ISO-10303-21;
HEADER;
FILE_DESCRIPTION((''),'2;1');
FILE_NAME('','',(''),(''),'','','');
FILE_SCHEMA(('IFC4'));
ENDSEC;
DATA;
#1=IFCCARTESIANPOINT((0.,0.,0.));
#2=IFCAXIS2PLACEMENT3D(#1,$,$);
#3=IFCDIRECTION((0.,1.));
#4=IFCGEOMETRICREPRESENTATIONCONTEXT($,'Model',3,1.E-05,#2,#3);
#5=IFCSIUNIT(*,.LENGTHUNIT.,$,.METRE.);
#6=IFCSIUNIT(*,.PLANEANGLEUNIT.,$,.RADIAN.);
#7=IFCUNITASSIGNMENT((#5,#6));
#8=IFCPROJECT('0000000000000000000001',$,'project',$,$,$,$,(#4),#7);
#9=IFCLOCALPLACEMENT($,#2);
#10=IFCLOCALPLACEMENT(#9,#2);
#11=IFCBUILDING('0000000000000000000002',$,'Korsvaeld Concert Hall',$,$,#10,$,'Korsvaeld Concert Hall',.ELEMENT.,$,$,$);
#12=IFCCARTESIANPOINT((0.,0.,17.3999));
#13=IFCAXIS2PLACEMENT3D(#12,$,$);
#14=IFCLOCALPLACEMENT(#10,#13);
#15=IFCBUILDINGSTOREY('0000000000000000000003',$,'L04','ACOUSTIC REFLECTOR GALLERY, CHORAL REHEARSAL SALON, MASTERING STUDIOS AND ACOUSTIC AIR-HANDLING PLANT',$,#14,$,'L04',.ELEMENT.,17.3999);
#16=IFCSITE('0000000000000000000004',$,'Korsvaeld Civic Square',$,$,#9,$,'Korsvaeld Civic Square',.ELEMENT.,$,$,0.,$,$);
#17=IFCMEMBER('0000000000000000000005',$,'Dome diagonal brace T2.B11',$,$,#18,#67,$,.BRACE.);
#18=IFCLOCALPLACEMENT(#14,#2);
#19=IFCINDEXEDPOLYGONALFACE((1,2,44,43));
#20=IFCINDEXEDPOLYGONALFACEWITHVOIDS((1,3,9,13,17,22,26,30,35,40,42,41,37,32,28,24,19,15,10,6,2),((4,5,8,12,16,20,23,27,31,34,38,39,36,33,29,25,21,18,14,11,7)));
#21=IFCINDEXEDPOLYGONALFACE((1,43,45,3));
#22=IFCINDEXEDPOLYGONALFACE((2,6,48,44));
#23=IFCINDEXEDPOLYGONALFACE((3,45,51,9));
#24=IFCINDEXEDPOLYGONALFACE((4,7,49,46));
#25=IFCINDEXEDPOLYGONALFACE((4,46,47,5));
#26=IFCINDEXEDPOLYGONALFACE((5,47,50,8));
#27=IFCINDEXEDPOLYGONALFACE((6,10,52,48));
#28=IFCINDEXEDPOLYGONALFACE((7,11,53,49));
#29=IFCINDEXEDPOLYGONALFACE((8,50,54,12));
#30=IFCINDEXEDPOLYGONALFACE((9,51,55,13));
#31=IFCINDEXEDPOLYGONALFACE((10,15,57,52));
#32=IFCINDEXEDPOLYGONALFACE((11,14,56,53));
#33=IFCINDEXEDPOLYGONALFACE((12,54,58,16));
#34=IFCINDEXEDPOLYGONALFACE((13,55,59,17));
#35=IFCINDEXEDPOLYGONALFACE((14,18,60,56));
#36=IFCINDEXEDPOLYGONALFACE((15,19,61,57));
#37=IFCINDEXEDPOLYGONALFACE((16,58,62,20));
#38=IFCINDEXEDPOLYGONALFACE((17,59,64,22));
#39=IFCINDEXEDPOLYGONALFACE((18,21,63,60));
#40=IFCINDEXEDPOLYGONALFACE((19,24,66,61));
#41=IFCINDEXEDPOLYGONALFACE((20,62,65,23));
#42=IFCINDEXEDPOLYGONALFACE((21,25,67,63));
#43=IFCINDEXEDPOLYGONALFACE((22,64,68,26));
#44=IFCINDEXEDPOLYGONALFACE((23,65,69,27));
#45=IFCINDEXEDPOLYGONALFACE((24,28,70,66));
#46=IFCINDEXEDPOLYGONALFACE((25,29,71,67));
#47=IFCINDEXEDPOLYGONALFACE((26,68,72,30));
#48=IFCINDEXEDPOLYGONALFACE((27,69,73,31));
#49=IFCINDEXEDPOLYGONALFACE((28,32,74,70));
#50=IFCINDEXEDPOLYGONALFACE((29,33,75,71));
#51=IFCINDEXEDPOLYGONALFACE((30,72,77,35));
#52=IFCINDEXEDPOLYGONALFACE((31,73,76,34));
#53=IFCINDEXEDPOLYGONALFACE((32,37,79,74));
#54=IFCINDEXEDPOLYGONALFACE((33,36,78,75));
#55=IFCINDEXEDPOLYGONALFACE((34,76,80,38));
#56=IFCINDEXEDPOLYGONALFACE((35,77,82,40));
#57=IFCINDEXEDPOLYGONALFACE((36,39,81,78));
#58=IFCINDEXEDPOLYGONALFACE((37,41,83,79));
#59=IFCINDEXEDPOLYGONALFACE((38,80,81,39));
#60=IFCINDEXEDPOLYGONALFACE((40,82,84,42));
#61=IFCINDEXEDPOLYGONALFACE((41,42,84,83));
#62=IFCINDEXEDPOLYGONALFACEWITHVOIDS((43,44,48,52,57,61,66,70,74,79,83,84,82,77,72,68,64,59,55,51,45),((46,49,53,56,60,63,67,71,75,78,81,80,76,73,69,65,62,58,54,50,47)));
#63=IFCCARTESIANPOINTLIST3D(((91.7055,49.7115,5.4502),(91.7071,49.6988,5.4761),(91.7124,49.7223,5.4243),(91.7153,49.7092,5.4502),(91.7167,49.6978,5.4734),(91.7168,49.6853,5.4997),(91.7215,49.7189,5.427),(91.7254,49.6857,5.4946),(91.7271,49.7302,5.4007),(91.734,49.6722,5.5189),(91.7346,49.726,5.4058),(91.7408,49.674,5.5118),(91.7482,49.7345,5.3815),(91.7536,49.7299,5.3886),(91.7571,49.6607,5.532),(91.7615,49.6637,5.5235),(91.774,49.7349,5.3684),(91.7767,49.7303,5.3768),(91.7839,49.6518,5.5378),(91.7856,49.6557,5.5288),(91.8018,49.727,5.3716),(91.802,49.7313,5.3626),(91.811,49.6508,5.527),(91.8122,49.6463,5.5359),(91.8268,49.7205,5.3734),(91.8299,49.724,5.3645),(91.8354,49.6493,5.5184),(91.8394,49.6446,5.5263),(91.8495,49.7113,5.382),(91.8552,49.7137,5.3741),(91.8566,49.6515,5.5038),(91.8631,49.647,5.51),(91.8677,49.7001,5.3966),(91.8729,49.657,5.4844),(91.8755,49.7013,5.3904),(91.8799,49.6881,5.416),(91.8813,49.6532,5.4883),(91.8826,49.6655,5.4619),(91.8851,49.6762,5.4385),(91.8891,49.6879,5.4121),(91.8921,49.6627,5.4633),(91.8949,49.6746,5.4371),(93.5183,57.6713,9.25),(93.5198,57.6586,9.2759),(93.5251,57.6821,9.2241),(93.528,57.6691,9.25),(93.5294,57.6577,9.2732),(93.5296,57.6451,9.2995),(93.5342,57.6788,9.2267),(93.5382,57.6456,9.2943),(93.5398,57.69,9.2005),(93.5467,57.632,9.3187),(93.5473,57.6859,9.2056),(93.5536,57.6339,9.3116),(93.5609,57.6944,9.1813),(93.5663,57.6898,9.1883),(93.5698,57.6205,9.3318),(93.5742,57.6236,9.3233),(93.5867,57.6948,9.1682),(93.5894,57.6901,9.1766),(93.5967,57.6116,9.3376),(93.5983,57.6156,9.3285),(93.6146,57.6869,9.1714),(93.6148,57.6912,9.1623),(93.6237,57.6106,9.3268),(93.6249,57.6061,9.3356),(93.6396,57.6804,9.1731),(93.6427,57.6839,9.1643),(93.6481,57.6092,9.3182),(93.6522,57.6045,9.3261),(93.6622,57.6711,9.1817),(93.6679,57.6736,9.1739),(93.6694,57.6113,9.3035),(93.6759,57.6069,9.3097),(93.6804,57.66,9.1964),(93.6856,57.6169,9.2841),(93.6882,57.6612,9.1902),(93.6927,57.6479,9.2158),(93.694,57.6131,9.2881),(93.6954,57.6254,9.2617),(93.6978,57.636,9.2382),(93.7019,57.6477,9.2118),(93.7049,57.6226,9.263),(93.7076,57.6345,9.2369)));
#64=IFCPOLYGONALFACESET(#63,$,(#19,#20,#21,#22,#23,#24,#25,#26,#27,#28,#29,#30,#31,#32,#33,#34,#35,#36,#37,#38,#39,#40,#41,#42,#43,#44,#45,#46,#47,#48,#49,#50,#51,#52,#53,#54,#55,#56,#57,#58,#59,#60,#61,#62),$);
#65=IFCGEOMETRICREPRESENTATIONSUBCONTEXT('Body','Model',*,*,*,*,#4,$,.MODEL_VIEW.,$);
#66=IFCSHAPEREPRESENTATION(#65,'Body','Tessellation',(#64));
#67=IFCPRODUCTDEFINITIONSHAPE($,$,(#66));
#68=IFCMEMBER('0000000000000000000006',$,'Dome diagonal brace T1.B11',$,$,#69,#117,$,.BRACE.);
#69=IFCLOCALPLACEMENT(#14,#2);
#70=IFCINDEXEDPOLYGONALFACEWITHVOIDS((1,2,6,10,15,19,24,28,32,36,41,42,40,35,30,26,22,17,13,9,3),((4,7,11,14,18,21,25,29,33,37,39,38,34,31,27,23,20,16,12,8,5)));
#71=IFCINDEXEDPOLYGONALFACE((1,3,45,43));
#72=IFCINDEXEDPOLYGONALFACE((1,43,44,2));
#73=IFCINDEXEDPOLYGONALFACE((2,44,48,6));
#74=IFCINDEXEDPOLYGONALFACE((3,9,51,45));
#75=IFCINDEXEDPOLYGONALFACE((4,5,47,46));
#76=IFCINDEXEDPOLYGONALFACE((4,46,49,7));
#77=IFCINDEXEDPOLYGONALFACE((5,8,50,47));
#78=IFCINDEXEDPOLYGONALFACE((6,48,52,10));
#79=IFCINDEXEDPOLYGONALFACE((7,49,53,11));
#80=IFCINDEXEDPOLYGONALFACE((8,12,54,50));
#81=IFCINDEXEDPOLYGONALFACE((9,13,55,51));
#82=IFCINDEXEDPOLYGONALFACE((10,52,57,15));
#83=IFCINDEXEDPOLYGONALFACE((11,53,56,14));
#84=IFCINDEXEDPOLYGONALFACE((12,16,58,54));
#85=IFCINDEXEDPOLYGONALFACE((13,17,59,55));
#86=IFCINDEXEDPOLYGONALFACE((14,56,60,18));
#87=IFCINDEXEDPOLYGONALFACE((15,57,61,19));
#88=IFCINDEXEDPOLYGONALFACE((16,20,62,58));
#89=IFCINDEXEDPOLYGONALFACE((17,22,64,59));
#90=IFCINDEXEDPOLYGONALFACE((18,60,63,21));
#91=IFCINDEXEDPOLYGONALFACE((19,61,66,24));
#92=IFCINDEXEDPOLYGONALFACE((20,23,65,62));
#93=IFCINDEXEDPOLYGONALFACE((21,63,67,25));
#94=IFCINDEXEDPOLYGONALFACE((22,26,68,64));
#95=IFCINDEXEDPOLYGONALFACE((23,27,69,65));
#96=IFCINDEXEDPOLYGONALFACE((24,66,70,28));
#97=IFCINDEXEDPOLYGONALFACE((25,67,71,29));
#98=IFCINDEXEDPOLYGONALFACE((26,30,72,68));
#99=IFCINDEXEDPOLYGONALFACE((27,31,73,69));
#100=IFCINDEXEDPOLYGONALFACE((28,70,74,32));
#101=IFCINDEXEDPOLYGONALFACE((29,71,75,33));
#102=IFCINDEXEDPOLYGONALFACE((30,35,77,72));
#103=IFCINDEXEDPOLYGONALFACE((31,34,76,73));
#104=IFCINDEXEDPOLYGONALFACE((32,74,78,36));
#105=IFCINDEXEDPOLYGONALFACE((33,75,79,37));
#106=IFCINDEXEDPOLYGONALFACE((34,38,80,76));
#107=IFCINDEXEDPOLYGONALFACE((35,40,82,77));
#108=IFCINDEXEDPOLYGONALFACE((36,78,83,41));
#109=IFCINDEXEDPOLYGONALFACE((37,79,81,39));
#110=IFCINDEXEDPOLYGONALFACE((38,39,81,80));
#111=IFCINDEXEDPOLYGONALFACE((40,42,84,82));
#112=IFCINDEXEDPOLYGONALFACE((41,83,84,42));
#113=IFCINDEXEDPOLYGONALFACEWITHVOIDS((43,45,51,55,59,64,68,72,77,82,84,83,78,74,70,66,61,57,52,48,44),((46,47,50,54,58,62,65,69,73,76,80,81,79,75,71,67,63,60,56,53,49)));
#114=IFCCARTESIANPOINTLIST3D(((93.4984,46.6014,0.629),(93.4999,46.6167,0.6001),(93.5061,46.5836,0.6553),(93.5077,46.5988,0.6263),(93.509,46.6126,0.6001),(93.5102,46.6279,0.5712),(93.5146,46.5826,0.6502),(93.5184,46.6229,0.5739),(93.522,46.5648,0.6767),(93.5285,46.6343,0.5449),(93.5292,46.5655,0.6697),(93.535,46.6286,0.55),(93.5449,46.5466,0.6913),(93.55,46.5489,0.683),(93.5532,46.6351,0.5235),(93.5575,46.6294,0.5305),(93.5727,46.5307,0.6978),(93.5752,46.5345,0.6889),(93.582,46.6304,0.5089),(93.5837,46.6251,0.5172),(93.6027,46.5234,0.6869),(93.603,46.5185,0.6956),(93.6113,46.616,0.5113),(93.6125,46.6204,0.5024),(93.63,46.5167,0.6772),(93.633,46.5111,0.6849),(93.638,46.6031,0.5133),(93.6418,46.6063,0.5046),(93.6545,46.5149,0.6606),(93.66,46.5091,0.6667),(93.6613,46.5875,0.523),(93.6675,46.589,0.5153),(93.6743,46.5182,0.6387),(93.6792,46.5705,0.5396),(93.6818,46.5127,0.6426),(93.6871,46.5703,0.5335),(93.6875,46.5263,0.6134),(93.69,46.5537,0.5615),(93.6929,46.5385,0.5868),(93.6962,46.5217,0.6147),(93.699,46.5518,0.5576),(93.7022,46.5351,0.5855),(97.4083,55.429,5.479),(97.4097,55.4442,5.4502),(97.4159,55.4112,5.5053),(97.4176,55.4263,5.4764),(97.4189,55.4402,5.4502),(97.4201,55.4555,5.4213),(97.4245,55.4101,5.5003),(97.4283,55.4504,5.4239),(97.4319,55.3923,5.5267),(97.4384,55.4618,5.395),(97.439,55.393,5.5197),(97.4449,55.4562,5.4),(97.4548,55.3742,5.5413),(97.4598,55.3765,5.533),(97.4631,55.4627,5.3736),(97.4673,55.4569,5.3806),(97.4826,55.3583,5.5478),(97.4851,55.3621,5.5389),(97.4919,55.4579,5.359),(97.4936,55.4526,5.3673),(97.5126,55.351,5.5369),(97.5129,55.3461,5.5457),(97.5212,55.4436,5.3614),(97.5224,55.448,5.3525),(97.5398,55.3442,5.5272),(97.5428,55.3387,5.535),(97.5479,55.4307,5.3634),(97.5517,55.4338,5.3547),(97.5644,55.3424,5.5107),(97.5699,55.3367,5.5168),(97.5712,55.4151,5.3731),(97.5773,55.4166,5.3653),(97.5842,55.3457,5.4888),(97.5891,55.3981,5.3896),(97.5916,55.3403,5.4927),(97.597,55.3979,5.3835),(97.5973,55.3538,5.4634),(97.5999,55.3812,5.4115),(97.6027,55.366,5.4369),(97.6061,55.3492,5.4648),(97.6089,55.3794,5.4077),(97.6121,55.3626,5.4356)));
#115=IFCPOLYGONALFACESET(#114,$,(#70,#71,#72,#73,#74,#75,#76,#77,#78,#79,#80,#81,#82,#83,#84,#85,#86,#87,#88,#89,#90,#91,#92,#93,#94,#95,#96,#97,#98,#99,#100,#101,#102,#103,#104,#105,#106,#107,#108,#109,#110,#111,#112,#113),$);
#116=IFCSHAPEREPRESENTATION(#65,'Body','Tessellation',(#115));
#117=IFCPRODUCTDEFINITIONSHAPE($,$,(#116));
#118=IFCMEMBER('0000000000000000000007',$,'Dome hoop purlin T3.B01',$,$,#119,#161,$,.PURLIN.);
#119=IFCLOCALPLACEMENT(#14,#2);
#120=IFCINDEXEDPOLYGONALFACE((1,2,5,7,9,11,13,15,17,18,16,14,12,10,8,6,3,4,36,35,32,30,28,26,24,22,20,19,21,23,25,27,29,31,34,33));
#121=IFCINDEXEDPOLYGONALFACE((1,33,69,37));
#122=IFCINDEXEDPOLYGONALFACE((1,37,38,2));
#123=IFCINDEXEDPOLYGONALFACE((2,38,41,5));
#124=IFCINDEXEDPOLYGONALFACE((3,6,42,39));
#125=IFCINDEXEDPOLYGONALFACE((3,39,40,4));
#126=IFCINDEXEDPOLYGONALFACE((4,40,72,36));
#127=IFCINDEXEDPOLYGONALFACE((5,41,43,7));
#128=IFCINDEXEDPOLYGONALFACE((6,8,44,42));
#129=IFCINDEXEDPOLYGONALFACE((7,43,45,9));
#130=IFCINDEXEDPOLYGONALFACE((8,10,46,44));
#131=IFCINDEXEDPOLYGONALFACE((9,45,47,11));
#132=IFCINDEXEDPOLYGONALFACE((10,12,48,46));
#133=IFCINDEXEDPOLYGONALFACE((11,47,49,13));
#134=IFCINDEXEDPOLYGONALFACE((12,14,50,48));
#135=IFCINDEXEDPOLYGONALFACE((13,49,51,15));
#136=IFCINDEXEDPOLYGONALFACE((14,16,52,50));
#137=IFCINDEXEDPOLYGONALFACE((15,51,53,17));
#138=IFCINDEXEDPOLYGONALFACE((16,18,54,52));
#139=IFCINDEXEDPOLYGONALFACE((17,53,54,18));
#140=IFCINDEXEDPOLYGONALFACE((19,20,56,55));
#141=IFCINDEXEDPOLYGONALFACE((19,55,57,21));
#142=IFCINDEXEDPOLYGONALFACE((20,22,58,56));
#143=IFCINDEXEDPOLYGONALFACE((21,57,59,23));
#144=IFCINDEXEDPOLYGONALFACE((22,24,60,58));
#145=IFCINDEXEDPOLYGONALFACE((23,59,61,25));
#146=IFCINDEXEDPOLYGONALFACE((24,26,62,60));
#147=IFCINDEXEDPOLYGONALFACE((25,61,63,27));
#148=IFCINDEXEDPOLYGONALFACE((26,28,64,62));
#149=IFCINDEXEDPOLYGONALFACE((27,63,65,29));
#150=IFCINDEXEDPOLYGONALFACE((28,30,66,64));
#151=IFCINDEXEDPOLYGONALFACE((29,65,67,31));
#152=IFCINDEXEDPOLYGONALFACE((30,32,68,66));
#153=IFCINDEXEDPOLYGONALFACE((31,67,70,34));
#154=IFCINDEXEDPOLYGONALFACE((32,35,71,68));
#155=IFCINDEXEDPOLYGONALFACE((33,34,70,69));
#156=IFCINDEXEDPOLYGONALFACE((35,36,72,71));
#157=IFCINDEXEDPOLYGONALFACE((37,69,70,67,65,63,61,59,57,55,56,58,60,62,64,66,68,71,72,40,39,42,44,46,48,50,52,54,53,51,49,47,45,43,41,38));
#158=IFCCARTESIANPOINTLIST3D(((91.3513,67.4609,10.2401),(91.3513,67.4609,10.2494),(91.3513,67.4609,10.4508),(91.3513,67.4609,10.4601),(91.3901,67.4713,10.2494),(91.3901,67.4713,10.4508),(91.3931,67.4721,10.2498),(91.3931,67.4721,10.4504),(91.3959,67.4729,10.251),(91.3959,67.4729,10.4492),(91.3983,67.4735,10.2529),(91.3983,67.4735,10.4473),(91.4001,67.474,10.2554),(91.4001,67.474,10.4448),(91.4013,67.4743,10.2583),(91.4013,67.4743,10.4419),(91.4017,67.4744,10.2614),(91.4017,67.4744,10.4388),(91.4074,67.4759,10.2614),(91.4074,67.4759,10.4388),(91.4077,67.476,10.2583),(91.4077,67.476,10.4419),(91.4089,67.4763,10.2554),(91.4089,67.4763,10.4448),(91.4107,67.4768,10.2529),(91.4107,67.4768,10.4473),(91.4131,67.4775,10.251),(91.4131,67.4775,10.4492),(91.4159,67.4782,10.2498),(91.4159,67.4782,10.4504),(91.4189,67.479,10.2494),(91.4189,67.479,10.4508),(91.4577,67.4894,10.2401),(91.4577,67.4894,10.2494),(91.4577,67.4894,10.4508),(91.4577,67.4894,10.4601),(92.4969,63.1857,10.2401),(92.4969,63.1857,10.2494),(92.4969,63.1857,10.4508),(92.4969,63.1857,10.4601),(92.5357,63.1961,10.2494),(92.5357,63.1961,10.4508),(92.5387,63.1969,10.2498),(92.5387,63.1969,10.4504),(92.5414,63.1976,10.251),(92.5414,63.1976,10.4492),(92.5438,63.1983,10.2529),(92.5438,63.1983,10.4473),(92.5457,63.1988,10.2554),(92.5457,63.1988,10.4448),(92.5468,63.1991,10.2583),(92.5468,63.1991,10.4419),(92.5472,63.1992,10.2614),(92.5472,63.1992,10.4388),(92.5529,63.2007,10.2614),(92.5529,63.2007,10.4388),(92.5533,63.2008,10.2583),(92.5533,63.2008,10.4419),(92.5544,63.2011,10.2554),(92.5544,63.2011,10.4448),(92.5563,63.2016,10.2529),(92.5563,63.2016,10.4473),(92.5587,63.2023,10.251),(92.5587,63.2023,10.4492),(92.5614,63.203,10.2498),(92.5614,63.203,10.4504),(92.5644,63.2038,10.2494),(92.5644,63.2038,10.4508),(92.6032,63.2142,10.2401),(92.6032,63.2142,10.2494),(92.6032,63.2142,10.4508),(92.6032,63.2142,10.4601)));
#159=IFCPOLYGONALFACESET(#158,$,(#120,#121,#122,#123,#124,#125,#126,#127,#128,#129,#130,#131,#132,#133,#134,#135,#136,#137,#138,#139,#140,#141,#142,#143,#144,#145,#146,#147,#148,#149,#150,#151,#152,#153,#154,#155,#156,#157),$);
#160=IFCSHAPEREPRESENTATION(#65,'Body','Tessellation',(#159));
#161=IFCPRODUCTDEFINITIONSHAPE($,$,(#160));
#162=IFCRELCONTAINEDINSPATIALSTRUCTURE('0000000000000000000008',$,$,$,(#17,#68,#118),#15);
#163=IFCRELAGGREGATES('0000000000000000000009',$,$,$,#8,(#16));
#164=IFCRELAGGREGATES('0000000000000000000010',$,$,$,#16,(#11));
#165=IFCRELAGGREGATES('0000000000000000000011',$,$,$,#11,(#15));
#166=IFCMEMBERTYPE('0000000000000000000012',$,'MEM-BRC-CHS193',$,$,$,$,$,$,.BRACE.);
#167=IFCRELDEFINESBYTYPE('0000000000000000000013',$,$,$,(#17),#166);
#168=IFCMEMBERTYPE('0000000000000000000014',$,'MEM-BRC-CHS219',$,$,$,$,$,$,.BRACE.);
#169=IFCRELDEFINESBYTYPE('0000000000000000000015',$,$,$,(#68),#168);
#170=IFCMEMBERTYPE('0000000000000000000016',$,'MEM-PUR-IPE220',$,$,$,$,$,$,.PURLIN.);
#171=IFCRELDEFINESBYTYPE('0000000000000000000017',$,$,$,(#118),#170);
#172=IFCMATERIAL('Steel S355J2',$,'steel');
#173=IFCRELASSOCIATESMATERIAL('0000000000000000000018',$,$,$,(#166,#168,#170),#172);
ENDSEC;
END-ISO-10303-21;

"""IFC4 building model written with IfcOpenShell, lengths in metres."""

from ifc_helpers import new_model, si_unit, direction, frame, origin, origin_2d, place, context, subcontext, project, spatial, hollow_circle, i_section, extrude, material, material_profile, profile_set, type_object, element, save


model = new_model("IFC4")

# Units and contexts
model_context = context("Model", 3, precision=1e-05, world=origin(), true_north=direction((0.0, 1.0)))
body_context = subcontext(model_context, "Body", "Model", "MODEL_VIEW")
ifc_project = project(units=[si_unit("LENGTHUNIT", "METRE"), si_unit("PLANEANGLEUNIT", "RADIAN")], contexts=[model_context])

# Site, building, storey
site_placement = place(None, origin())
site = spatial("IfcSite", under=ifc_project, at=site_placement, Name="Korsvaeld Civic Square", LongName="Korsvaeld Civic Square", CompositionType="ELEMENT", RefElevation=0.0)
building_placement = place(site_placement, origin())
building = spatial("IfcBuilding", under=site, at=building_placement, Name="Korsvaeld Concert Hall", LongName="Korsvaeld Concert Hall", CompositionType="ELEMENT")
storey_placement = place(building_placement, frame((0.0, 0.0, 17.3999)))
storey = spatial("IfcBuildingStorey", under=building, at=storey_placement, Name="L04", Description="ACOUSTIC REFLECTOR GALLERY, CHORAL REHEARSAL SALON, MASTERING STUDIOS AND ACOUSTIC AIR-HANDLING PLANT", LongName="L04", CompositionType="ELEMENT", Elevation=17.3999)

# Shared definitions
ifc_material_1 = material(Name="Steel S355J2", Category="steel")

# Members
ifc_material_profile_1 = material_profile(ifc_material_1, hollow_circle(Radius=0.0969, WallThickness=0.01, at=origin_2d()), Name="CHS 193.7x10")
ifc_profile_set_1 = profile_set([ifc_material_profile_1], Name="Steel S355J2")
member_type_1 = type_object("IfcMemberType", Name="MEM-BRC-CHS193", PredefinedType="BRACE", material=ifc_profile_set_1)
member_1_placement = place(storey_placement, frame((91.8, 49.6899, 5.4502), z_axis=(0.20131, 0.883973, 0.421978), x_axis=(-0.975036, 0.222048, 0.0)))
element("IfcMember", 1, at=member_1_placement, inside=storey, type_object=member_type_1, Name="Dome diagonal brace T2.B11", PredefinedType="BRACE", context=body_context, shape_type="SweptSolid", body=[
    extrude(hollow_circle(Radius=0.0969, WallThickness=0.01, at=origin_2d()), origin(), (0.0, 0.0, 1.0), 9.0046),
])
ifc_material_profile_2 = material_profile(ifc_material_1, hollow_circle(Radius=0.1096, WallThickness=0.01, at=origin_2d()), Name="CHS 219.1x10")
ifc_profile_set_2 = profile_set([ifc_material_profile_2], Name="Steel S355J2")
member_type_2 = type_object("IfcMemberType", Name="MEM-BRC-CHS219", PredefinedType="BRACE", material=ifc_profile_set_2)
member_2_placement = place(storey_placement, frame((93.6001, 46.5723, 0.6001), z_axis=(0.361877, 0.817031, 0.448895), x_axis=(-0.914329, 0.404972, 0.0)))
element("IfcMember", 2, at=member_2_placement, inside=storey, type_object=member_type_2, Name="Dome diagonal brace T1.B11", PredefinedType="BRACE", context=body_context, shape_type="SweptSolid", body=[
    extrude(hollow_circle(Radius=0.1096, WallThickness=0.01, at=origin_2d()), origin(), (0.0, 0.0, 1.0), 10.8044),
])
ifc_material_profile_3 = material_profile(ifc_material_1, i_section(OverallWidth=0.1101, OverallDepth=0.22, WebThickness=0.0059, FlangeThickness=0.0093, FilletRadius=0.012, at=origin_2d()), Name="IPE 220")
ifc_profile_set_3 = profile_set([ifc_material_profile_3], Name="Steel S355J2")
member_type_3 = type_object("IfcMemberType", Name="MEM-PUR-IPE220", PredefinedType="PURLIN", material=ifc_profile_set_3)
member_3_placement = place(storey_placement, frame((92.55, 63.2, 10.3501), z_axis=(-0.258816, 0.965927, 0.0), x_axis=(-0.965927, -0.258816, 0.0)))
element("IfcMember", 3, at=member_3_placement, inside=storey, type_object=member_type_3, Name="Dome hoop purlin T3.B01", PredefinedType="PURLIN", context=body_context, shape_type="SweptSolid", body=[
    extrude(i_section(OverallWidth=0.1101, OverallDepth=0.22, WebThickness=0.0059, FlangeThickness=0.0093, FilletRadius=0.012, at=origin_2d()), origin(), (0.0, 0.0, 1.0), 4.426),
])

save(model, "model.ifc")
